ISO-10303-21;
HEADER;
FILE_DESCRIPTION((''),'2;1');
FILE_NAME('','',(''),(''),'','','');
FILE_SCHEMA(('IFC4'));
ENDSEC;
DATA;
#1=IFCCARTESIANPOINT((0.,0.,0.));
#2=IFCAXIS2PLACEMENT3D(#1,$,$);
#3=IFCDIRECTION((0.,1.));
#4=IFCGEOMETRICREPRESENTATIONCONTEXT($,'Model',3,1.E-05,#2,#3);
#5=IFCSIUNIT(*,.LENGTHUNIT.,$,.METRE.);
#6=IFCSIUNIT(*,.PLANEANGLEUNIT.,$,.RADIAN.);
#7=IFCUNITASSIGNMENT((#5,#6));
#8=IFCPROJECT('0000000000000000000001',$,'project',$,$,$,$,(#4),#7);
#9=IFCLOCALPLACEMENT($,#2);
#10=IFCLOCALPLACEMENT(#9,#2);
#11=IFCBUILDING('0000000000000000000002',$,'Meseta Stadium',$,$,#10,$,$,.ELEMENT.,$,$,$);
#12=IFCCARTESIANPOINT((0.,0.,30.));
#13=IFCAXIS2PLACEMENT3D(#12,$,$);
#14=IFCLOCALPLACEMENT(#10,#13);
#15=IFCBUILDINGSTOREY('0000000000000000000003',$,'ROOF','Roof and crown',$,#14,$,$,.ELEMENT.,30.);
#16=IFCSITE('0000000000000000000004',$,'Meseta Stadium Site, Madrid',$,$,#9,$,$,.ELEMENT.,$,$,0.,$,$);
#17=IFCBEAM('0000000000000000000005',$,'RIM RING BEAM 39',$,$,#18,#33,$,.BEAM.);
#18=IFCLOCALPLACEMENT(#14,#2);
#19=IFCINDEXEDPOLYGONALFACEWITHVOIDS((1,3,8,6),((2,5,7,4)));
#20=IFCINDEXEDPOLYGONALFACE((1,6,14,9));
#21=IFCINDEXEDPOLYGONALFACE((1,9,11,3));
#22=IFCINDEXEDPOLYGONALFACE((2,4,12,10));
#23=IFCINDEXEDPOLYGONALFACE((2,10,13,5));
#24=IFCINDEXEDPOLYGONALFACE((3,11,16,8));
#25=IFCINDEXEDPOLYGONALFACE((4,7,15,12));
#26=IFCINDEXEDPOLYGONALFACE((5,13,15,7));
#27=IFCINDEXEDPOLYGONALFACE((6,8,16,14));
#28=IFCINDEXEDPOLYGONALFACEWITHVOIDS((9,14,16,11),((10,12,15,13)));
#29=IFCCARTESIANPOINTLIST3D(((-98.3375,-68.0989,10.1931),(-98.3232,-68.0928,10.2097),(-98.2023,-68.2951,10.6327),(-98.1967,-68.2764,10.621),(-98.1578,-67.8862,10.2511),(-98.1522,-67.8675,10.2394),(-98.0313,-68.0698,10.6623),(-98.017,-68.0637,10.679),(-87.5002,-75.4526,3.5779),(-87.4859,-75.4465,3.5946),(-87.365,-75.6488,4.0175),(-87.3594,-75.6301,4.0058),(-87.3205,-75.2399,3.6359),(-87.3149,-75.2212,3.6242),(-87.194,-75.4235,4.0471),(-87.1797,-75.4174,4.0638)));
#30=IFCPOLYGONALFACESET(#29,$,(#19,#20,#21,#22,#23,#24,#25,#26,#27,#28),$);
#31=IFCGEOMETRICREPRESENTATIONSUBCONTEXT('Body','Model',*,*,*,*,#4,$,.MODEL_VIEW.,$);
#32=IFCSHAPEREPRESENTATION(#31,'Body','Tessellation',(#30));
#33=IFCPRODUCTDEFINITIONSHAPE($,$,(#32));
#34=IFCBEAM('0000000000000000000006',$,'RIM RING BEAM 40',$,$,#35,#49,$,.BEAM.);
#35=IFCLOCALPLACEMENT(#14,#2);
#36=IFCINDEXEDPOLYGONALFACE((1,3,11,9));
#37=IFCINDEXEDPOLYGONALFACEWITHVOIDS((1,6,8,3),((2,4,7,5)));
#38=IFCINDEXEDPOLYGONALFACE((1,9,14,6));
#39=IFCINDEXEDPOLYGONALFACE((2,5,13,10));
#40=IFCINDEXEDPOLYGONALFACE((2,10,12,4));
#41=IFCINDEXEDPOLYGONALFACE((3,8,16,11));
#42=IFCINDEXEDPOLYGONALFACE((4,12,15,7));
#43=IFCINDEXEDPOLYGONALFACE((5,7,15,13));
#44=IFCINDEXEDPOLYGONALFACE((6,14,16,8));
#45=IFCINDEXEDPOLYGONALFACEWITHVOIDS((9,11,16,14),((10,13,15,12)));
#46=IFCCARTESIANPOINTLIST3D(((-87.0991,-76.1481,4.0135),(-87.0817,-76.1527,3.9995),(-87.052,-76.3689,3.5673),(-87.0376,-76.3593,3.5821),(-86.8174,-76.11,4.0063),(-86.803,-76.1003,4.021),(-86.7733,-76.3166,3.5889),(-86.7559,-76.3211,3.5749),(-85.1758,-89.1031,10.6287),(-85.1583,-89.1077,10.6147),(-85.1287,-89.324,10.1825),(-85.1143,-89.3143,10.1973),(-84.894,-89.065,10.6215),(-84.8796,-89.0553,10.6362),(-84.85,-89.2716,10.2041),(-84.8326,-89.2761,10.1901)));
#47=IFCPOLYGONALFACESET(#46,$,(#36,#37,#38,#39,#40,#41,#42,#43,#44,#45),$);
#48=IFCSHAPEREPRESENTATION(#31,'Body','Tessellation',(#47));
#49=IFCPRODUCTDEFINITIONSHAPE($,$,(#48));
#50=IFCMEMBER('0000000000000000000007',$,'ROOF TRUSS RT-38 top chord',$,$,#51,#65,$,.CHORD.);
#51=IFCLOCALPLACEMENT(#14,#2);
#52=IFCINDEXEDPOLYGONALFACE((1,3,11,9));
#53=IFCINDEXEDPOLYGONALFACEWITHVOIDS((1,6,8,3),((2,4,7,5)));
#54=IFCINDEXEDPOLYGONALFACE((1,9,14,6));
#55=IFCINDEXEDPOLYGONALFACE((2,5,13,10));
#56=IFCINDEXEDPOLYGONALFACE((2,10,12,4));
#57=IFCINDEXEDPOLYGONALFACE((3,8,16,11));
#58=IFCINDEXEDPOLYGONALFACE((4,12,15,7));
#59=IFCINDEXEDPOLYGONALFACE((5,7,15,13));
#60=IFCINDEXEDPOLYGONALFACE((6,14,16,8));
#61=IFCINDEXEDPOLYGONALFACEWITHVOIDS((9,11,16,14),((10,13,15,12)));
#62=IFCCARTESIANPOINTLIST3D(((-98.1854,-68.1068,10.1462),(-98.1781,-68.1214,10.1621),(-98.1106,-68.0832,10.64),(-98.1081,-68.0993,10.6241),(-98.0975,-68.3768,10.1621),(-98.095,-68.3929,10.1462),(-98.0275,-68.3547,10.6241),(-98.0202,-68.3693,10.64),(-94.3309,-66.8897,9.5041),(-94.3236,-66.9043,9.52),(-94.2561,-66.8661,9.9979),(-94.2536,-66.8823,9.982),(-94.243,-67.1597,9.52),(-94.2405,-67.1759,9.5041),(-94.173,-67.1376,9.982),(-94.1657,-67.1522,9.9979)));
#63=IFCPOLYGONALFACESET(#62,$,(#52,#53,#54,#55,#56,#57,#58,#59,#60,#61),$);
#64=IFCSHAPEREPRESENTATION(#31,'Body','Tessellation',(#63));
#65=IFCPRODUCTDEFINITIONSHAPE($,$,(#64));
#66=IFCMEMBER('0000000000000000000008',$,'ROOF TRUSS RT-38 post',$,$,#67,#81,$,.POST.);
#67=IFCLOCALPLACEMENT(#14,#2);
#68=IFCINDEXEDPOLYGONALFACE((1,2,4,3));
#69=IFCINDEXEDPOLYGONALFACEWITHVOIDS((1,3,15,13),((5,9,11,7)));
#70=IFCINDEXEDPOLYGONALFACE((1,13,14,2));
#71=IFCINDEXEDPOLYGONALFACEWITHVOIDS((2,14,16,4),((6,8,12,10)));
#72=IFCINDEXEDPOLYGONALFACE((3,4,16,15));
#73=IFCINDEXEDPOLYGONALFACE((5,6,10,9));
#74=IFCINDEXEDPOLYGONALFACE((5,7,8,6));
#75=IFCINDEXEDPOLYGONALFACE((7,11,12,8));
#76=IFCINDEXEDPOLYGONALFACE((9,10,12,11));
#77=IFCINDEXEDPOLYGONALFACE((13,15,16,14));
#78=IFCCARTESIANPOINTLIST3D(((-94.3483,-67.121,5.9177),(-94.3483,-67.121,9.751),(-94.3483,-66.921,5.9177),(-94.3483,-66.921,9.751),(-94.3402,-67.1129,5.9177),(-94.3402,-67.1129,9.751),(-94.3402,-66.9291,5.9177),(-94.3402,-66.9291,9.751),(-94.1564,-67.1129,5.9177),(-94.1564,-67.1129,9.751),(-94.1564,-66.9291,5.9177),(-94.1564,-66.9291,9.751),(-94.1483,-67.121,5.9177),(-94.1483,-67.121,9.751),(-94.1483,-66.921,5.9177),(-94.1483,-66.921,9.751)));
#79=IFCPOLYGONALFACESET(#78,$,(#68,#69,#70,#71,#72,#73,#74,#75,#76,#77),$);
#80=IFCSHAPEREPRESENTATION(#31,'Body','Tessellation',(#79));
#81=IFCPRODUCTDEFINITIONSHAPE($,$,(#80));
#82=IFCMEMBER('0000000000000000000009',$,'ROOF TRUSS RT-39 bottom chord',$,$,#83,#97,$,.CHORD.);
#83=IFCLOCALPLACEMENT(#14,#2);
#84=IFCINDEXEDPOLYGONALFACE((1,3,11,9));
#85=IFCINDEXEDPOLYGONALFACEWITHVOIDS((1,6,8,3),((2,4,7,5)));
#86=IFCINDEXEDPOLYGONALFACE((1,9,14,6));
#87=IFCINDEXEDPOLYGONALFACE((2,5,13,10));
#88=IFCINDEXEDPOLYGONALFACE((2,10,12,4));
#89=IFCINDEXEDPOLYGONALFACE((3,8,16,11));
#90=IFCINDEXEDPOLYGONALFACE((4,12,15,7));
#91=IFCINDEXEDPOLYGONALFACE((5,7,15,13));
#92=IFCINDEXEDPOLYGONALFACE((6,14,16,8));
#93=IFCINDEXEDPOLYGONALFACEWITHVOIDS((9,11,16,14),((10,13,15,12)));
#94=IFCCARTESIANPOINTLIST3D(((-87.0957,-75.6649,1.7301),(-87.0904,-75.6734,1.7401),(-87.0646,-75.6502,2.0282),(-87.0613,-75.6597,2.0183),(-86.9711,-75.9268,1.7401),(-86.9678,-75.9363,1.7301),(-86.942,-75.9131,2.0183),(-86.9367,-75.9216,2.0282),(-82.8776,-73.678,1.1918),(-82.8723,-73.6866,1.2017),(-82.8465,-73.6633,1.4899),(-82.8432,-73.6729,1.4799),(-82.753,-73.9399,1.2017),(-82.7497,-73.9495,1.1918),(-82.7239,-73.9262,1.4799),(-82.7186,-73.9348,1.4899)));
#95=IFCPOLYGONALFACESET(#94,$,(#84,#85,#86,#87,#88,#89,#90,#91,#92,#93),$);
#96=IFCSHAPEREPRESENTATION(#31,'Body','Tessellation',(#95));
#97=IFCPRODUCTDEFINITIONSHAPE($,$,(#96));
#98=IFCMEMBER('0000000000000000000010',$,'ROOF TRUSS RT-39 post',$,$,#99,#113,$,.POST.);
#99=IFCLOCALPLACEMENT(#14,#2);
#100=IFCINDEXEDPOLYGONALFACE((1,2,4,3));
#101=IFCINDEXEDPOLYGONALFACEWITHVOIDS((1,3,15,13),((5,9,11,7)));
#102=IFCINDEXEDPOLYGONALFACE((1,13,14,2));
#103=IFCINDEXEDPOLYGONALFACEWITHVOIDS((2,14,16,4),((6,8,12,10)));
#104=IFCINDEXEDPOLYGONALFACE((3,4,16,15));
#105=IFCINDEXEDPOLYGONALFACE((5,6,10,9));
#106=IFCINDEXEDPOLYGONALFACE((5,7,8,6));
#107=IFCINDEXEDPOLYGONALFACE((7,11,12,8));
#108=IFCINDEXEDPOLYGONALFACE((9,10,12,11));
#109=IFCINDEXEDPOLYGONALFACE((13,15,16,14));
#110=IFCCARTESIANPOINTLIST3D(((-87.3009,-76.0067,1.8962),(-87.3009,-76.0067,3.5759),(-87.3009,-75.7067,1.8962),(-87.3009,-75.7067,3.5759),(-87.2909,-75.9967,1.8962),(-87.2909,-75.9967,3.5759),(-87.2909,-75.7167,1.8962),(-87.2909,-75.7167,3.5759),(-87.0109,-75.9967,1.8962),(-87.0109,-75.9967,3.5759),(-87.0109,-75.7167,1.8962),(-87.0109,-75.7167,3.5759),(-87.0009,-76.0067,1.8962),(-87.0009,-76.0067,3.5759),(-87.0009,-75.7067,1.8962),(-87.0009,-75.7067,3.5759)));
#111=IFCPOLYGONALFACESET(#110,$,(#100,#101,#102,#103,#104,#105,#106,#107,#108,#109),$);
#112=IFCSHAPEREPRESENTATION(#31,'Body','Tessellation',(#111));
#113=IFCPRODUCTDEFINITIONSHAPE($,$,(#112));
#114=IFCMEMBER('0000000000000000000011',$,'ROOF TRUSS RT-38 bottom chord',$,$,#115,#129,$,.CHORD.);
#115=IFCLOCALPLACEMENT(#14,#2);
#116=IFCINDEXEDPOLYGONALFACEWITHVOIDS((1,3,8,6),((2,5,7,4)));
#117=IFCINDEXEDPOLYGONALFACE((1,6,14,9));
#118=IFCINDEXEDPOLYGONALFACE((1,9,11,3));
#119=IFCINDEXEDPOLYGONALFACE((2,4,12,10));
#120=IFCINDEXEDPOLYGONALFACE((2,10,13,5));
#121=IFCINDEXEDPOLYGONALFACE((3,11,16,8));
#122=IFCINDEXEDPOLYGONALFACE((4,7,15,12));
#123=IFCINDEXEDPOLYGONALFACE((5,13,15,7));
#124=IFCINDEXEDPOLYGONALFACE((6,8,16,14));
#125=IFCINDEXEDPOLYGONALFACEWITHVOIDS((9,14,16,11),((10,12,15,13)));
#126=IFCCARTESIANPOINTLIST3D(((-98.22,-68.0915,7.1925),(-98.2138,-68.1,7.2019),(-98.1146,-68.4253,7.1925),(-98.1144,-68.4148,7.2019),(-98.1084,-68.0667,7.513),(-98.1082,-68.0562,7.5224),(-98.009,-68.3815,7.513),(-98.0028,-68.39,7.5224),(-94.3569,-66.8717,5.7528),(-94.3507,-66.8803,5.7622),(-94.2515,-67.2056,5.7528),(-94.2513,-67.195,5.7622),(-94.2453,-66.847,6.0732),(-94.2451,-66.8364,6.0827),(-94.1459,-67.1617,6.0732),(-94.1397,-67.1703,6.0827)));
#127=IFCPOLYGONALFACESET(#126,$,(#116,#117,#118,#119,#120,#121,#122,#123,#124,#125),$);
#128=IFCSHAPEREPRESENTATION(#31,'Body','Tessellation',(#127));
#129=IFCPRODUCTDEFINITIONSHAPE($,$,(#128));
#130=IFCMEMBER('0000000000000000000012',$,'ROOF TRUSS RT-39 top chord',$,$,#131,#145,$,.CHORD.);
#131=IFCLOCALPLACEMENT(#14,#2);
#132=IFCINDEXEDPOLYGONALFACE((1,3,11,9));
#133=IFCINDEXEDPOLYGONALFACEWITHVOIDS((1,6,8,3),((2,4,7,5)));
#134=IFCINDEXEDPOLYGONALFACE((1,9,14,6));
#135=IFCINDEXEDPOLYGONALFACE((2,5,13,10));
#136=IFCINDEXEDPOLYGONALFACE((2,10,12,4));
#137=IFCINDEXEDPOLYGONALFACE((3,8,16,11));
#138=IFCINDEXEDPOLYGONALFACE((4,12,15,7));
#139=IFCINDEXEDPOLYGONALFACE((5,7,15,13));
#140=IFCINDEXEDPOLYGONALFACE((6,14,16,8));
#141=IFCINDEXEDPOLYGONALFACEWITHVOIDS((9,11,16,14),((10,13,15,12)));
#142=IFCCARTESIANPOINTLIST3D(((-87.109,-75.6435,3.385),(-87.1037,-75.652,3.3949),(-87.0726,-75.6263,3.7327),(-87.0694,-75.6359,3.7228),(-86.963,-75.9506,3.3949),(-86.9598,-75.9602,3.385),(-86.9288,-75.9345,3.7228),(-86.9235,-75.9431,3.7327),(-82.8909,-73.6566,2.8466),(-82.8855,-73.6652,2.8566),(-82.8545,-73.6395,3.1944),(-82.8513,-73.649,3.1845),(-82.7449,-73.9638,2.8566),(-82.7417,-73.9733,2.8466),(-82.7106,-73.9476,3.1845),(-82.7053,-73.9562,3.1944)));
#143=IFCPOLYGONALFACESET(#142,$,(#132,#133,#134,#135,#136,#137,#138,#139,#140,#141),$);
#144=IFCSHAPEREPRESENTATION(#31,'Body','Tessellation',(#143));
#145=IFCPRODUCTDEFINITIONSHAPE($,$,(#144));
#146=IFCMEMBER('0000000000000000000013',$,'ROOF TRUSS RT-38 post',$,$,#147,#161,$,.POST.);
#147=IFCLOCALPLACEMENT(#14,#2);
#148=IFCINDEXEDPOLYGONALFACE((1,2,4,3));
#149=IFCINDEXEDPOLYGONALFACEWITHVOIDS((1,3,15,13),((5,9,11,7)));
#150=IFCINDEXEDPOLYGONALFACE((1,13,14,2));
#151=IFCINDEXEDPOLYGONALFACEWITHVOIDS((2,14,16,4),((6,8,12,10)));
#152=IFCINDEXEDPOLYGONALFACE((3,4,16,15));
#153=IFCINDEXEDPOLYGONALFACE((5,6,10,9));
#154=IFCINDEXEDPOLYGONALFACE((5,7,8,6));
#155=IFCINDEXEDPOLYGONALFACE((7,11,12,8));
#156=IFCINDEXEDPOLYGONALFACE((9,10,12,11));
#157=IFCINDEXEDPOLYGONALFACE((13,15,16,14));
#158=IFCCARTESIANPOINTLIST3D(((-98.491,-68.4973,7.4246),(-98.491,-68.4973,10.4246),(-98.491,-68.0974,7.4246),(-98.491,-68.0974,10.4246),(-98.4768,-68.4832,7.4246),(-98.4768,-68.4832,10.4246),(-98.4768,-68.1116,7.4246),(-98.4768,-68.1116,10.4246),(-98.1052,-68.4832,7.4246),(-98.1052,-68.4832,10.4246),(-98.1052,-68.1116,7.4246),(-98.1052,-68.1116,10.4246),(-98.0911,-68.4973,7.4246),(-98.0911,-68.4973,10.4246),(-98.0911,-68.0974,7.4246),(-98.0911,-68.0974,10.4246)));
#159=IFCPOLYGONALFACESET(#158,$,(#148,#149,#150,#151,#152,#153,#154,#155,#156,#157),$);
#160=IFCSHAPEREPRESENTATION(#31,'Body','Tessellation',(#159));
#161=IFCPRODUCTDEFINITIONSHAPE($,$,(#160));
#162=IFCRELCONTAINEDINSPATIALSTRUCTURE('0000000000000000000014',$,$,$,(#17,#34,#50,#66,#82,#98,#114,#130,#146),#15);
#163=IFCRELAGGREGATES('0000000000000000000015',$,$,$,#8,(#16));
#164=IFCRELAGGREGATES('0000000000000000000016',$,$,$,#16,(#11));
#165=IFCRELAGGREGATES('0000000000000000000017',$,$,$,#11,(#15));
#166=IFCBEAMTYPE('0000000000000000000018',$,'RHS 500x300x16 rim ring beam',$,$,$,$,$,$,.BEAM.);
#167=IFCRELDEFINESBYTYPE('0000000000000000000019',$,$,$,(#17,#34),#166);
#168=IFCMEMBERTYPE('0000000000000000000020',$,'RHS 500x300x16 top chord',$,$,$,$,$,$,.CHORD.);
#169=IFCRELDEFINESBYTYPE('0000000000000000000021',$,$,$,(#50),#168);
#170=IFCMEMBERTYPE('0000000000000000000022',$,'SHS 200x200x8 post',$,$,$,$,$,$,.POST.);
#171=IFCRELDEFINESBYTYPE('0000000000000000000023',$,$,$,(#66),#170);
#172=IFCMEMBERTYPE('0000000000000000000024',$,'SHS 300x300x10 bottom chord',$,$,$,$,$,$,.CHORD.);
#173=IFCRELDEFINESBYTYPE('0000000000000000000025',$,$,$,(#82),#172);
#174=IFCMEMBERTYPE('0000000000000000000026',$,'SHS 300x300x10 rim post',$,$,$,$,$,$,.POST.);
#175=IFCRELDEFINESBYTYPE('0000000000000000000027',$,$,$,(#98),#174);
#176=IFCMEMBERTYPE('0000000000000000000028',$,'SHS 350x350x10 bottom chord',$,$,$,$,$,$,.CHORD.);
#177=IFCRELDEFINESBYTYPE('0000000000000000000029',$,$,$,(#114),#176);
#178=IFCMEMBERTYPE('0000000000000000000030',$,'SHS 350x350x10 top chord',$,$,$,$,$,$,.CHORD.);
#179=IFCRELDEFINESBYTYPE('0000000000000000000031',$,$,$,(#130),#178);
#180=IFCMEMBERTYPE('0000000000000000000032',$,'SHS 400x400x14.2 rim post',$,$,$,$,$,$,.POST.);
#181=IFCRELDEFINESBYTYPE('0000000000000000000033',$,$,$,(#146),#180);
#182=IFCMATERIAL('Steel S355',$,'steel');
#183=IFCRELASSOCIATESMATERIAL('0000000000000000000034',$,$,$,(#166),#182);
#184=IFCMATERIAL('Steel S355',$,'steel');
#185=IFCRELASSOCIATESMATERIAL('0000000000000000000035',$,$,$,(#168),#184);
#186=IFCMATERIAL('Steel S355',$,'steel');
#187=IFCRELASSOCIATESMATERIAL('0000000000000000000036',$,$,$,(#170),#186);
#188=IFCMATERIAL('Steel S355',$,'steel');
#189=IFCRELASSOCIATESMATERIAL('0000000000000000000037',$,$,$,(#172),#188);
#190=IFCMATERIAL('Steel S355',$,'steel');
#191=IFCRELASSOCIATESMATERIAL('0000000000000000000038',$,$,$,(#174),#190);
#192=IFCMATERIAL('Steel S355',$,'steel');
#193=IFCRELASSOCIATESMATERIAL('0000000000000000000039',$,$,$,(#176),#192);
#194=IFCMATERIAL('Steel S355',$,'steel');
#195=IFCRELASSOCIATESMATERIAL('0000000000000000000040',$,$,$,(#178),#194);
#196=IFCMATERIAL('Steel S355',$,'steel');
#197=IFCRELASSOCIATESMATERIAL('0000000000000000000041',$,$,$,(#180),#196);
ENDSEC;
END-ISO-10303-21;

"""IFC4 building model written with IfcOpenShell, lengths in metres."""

from ifc_helpers import new_model, si_unit, direction, frame, origin, origin_2d, place, context, subcontext, project, spatial, hollow_rectangle, extrude, material, material_profile, profile_set, type_object, element, save


model = new_model("IFC4")

# Units and contexts
model_context = context("Model", 3, precision=1e-05, world=origin(), true_north=direction((0.0, 1.0)))
body_context = subcontext(model_context, "Body", "Model", "MODEL_VIEW")
ifc_project = project(units=[si_unit("LENGTHUNIT", "METRE"), si_unit("PLANEANGLEUNIT", "RADIAN")], contexts=[model_context])

# Site, building, storey
site_placement = place(None, origin())
site = spatial("IfcSite", under=ifc_project, at=site_placement, Name="Meseta Stadium Site, Madrid", CompositionType="ELEMENT", RefElevation=0.0)
building_placement = place(site_placement, origin())
building = spatial("IfcBuilding", under=site, at=building_placement, Name="Meseta Stadium", CompositionType="ELEMENT")
storey_placement = place(building_placement, frame((0.0, 0.0, 30.0)))
storey = spatial("IfcBuildingStorey", under=building, at=storey_placement, Name="ROOF", Description="Roof and crown", CompositionType="ELEMENT", Elevation=30.0)

# Beams
ifc_material_1 = material(Name="Steel S355", Category="steel")
ifc_material_profile_1 = material_profile(ifc_material_1, hollow_rectangle(XDim=0.3, YDim=0.5, WallThickness=0.0161, at=origin_2d()), Name="RHS 500x300x16")
ifc_profile_set_1 = profile_set([ifc_material_profile_1], Name="Steel S355")
beam_type = type_object("IfcBeamType", Name="RHS 500x300x16 rim ring beam", PredefinedType="BEAM", material=ifc_profile_set_1)
beam_1_placement = place(storey_placement, frame((-98.1772, -68.0813, 10.436), z_axis=(0.738609, -0.501186, -0.450853), x_axis=(0.61754, 0.771249, 0.154333)))
element("IfcBeam", 1, at=beam_1_placement, inside=storey, type_object=beam_type, Name="RIM RING BEAM 39", PredefinedType="BEAM", context=body_context, shape_type="SweptSolid", body=[
    extrude(hollow_rectangle(XDim=0.3, YDim=0.5, WallThickness=0.0161, at=origin_2d()), origin(), (0.0, 0.0, 1.0), 14.6726),
])
beam_2_placement = place(storey_placement, frame((-86.9275, -76.2346, 3.7942), z_axis=(0.131081, -0.882924, 0.450846), x_axis=(0.986889, 0.159412, 0.025256)))
element("IfcBeam", 2, at=beam_2_placement, inside=storey, type_object=beam_type, Name="RIM RING BEAM 40", PredefinedType="BEAM", context=body_context, shape_type="SweptSolid", body=[
    extrude(hollow_rectangle(XDim=0.3, YDim=0.5, WallThickness=0.0161, at=origin_2d()), origin(), (0.0, 0.0, 1.0), 14.6729),
])

# Members
ifc_material_2 = material(Name="Steel S355", Category="steel")
ifc_material_profile_2 = material_profile(ifc_material_2, hollow_rectangle(XDim=0.3, YDim=0.5, WallThickness=0.0161, at=origin_2d()), Name="RHS 500x300x16")
ifc_profile_set_2 = profile_set([ifc_material_profile_2], Name="Steel S355")
member_type_1 = type_object("IfcMemberType", Name="RHS 500x300x16 top chord", PredefinedType="CHORD", material=ifc_profile_set_2)
member_1_placement = place(storey_placement, frame((-94.2483, -67.021, 9.751), z_axis=(-0.941786, -0.297365, 0.156885), x_axis=(0.301094, -0.953595, 0.0)))
element("IfcMember", 3, at=member_1_placement, inside=storey, type_object=member_type_1, Name="ROOF TRUSS RT-38 top chord", PredefinedType="CHORD", context=body_context, shape_type="SweptSolid", body=[
    extrude(hollow_rectangle(XDim=0.3, YDim=0.5, WallThickness=0.0161, at=origin_2d()), origin(), (0.0, 0.0, 1.0), 4.0928),
])
ifc_material_3 = material(Name="Steel S355", Category="steel")
ifc_material_profile_3 = material_profile(ifc_material_3, hollow_rectangle(XDim=0.2, YDim=0.2, WallThickness=0.0081, at=origin_2d()), Name="SHS 200x200x8")
ifc_profile_set_3 = profile_set([ifc_material_profile_3], Name="Steel S355")
member_type_2 = type_object("IfcMemberType", Name="SHS 200x200x8 post", PredefinedType="POST", material=ifc_profile_set_3)
member_2_placement = place(storey_placement, frame((-94.2483, -67.021, 5.9177), z_axis=(0.0, 0.0, 1.0), x_axis=(1.0, 0.0, 0.0)))
element("IfcMember", 4, at=member_2_placement, inside=storey, type_object=member_type_2, Name="ROOF TRUSS RT-38 post", PredefinedType="POST", context=body_context, shape_type="SweptSolid", body=[
    extrude(hollow_rectangle(XDim=0.2, YDim=0.2, WallThickness=0.0081, at=origin_2d()), origin(), (0.0, 0.0, 1.0), 3.8333),
])
ifc_material_4 = material(Name="Steel S355", Category="steel")
ifc_material_profile_4 = material_profile(ifc_material_4, hollow_rectangle(XDim=0.3, YDim=0.3, WallThickness=0.01, at=origin_2d()), Name="SHS 300x300x10")
ifc_profile_set_4 = profile_set([ifc_material_profile_4], Name="Steel S355")
member_type_3 = type_object("IfcMemberType", Name="SHS 300x300x10 bottom chord", PredefinedType="CHORD", material=ifc_profile_set_4)
member_3_placement = place(storey_placement, frame((-82.7981, -73.8064, 1.3408), z_axis=(-0.898694, -0.423313, 0.114697), x_axis=(0.426125, -0.904664, 0.0)))
element("IfcMember", 5, at=member_3_placement, inside=storey, type_object=member_type_3, Name="ROOF TRUSS RT-39 bottom chord", PredefinedType="CHORD", context=body_context, shape_type="SweptSolid", body=[
    extrude(hollow_rectangle(XDim=0.3, YDim=0.3, WallThickness=0.01, at=origin_2d()), origin(), (0.0, 0.0, 1.0), 4.6936),
])
ifc_material_5 = material(Name="Steel S355", Category="steel")
ifc_material_profile_5 = material_profile(ifc_material_5, hollow_rectangle(XDim=0.3, YDim=0.3, WallThickness=0.01, at=origin_2d()), Name="SHS 300x300x10")
ifc_profile_set_5 = profile_set([ifc_material_profile_5], Name="Steel S355")
member_type_4 = type_object("IfcMemberType", Name="SHS 300x300x10 rim post", PredefinedType="POST", material=ifc_profile_set_5)
member_4_placement = place(storey_placement, frame((-87.1509, -75.8567, 1.8962), z_axis=(0.0, 0.0, 1.0), x_axis=(1.0, 0.0, 0.0)))
element("IfcMember", 6, at=member_4_placement, inside=storey, type_object=member_type_4, Name="ROOF TRUSS RT-39 post", PredefinedType="POST", context=body_context, shape_type="SweptSolid", body=[
    extrude(hollow_rectangle(XDim=0.3, YDim=0.3, WallThickness=0.01, at=origin_2d()), origin(), (0.0, 0.0, 1.0), 1.6797),
])
ifc_material_6 = material(Name="Steel S355", Category="steel")
ifc_material_profile_6 = material_profile(ifc_material_6, hollow_rectangle(XDim=0.3501, YDim=0.3501, WallThickness=0.01, at=origin_2d()), Name="SHS 350x350x10")
ifc_profile_set_6 = profile_set([ifc_material_profile_6], Name="Steel S355")
member_type_5 = type_object("IfcMemberType", Name="SHS 350x350x10 bottom chord", PredefinedType="CHORD", material=ifc_profile_set_6)
member_5_placement = place(storey_placement, frame((-94.2483, -67.021, 5.9177), z_axis=(-0.898538, -0.283707, 0.334872), x_axis=(0.301091, -0.953595, 0.0)))
element("IfcMember", 7, at=member_5_placement, inside=storey, type_object=member_type_5, Name="ROOF TRUSS RT-38 bottom chord", PredefinedType="CHORD", context=body_context, shape_type="SweptSolid", body=[
    extrude(hollow_rectangle(XDim=0.3501, YDim=0.3501, WallThickness=0.01, at=origin_2d()), origin(), (0.0, 0.0, 1.0), 4.2993),
])
ifc_material_7 = material(Name="Steel S355", Category="steel")
ifc_material_profile_7 = material_profile(ifc_material_7, hollow_rectangle(XDim=0.3501, YDim=0.3501, WallThickness=0.01, at=origin_2d()), Name="SHS 350x350x10")
ifc_profile_set_7 = profile_set([ifc_material_profile_7], Name="Steel S355")
member_type_6 = type_object("IfcMemberType", Name="SHS 350x350x10 top chord", PredefinedType="CHORD", material=ifc_profile_set_7)
member_6_placement = place(storey_placement, frame((-82.7981, -73.8064, 3.0205), z_axis=(-0.898694, -0.423313, 0.114697), x_axis=(0.426125, -0.904664, 0.0)))
element("IfcMember", 8, at=member_6_placement, inside=storey, type_object=member_type_6, Name="ROOF TRUSS RT-39 top chord", PredefinedType="CHORD", context=body_context, shape_type="SweptSolid", body=[
    extrude(hollow_rectangle(XDim=0.3501, YDim=0.3501, WallThickness=0.01, at=origin_2d()), origin(), (0.0, 0.0, 1.0), 4.6936),
])
ifc_material_8 = material(Name="Steel S355", Category="steel")
ifc_material_profile_8 = material_profile(ifc_material_8, hollow_rectangle(XDim=0.3999, YDim=0.3999, WallThickness=0.0142, at=origin_2d()), Name="SHS 400x400x14.2")
ifc_profile_set_8 = profile_set([ifc_material_profile_8], Name="Steel S355")
member_type_7 = type_object("IfcMemberType", Name="SHS 400x400x14.2 rim post", PredefinedType="POST", material=ifc_profile_set_8)
member_7_placement = place(storey_placement, frame((-98.291, -68.2974, 7.4246), z_axis=(0.0, 0.0, 1.0), x_axis=(1.0, 0.0, 0.0)))
element("IfcMember", 9, at=member_7_placement, inside=storey, type_object=member_type_7, Name="ROOF TRUSS RT-38 post", PredefinedType="POST", context=body_context, shape_type="SweptSolid", body=[
    extrude(hollow_rectangle(XDim=0.3999, YDim=0.3999, WallThickness=0.0142, at=origin_2d()), origin(), (0.0, 0.0, 1.0), 3.0),
])

save(model, "model.ifc")
